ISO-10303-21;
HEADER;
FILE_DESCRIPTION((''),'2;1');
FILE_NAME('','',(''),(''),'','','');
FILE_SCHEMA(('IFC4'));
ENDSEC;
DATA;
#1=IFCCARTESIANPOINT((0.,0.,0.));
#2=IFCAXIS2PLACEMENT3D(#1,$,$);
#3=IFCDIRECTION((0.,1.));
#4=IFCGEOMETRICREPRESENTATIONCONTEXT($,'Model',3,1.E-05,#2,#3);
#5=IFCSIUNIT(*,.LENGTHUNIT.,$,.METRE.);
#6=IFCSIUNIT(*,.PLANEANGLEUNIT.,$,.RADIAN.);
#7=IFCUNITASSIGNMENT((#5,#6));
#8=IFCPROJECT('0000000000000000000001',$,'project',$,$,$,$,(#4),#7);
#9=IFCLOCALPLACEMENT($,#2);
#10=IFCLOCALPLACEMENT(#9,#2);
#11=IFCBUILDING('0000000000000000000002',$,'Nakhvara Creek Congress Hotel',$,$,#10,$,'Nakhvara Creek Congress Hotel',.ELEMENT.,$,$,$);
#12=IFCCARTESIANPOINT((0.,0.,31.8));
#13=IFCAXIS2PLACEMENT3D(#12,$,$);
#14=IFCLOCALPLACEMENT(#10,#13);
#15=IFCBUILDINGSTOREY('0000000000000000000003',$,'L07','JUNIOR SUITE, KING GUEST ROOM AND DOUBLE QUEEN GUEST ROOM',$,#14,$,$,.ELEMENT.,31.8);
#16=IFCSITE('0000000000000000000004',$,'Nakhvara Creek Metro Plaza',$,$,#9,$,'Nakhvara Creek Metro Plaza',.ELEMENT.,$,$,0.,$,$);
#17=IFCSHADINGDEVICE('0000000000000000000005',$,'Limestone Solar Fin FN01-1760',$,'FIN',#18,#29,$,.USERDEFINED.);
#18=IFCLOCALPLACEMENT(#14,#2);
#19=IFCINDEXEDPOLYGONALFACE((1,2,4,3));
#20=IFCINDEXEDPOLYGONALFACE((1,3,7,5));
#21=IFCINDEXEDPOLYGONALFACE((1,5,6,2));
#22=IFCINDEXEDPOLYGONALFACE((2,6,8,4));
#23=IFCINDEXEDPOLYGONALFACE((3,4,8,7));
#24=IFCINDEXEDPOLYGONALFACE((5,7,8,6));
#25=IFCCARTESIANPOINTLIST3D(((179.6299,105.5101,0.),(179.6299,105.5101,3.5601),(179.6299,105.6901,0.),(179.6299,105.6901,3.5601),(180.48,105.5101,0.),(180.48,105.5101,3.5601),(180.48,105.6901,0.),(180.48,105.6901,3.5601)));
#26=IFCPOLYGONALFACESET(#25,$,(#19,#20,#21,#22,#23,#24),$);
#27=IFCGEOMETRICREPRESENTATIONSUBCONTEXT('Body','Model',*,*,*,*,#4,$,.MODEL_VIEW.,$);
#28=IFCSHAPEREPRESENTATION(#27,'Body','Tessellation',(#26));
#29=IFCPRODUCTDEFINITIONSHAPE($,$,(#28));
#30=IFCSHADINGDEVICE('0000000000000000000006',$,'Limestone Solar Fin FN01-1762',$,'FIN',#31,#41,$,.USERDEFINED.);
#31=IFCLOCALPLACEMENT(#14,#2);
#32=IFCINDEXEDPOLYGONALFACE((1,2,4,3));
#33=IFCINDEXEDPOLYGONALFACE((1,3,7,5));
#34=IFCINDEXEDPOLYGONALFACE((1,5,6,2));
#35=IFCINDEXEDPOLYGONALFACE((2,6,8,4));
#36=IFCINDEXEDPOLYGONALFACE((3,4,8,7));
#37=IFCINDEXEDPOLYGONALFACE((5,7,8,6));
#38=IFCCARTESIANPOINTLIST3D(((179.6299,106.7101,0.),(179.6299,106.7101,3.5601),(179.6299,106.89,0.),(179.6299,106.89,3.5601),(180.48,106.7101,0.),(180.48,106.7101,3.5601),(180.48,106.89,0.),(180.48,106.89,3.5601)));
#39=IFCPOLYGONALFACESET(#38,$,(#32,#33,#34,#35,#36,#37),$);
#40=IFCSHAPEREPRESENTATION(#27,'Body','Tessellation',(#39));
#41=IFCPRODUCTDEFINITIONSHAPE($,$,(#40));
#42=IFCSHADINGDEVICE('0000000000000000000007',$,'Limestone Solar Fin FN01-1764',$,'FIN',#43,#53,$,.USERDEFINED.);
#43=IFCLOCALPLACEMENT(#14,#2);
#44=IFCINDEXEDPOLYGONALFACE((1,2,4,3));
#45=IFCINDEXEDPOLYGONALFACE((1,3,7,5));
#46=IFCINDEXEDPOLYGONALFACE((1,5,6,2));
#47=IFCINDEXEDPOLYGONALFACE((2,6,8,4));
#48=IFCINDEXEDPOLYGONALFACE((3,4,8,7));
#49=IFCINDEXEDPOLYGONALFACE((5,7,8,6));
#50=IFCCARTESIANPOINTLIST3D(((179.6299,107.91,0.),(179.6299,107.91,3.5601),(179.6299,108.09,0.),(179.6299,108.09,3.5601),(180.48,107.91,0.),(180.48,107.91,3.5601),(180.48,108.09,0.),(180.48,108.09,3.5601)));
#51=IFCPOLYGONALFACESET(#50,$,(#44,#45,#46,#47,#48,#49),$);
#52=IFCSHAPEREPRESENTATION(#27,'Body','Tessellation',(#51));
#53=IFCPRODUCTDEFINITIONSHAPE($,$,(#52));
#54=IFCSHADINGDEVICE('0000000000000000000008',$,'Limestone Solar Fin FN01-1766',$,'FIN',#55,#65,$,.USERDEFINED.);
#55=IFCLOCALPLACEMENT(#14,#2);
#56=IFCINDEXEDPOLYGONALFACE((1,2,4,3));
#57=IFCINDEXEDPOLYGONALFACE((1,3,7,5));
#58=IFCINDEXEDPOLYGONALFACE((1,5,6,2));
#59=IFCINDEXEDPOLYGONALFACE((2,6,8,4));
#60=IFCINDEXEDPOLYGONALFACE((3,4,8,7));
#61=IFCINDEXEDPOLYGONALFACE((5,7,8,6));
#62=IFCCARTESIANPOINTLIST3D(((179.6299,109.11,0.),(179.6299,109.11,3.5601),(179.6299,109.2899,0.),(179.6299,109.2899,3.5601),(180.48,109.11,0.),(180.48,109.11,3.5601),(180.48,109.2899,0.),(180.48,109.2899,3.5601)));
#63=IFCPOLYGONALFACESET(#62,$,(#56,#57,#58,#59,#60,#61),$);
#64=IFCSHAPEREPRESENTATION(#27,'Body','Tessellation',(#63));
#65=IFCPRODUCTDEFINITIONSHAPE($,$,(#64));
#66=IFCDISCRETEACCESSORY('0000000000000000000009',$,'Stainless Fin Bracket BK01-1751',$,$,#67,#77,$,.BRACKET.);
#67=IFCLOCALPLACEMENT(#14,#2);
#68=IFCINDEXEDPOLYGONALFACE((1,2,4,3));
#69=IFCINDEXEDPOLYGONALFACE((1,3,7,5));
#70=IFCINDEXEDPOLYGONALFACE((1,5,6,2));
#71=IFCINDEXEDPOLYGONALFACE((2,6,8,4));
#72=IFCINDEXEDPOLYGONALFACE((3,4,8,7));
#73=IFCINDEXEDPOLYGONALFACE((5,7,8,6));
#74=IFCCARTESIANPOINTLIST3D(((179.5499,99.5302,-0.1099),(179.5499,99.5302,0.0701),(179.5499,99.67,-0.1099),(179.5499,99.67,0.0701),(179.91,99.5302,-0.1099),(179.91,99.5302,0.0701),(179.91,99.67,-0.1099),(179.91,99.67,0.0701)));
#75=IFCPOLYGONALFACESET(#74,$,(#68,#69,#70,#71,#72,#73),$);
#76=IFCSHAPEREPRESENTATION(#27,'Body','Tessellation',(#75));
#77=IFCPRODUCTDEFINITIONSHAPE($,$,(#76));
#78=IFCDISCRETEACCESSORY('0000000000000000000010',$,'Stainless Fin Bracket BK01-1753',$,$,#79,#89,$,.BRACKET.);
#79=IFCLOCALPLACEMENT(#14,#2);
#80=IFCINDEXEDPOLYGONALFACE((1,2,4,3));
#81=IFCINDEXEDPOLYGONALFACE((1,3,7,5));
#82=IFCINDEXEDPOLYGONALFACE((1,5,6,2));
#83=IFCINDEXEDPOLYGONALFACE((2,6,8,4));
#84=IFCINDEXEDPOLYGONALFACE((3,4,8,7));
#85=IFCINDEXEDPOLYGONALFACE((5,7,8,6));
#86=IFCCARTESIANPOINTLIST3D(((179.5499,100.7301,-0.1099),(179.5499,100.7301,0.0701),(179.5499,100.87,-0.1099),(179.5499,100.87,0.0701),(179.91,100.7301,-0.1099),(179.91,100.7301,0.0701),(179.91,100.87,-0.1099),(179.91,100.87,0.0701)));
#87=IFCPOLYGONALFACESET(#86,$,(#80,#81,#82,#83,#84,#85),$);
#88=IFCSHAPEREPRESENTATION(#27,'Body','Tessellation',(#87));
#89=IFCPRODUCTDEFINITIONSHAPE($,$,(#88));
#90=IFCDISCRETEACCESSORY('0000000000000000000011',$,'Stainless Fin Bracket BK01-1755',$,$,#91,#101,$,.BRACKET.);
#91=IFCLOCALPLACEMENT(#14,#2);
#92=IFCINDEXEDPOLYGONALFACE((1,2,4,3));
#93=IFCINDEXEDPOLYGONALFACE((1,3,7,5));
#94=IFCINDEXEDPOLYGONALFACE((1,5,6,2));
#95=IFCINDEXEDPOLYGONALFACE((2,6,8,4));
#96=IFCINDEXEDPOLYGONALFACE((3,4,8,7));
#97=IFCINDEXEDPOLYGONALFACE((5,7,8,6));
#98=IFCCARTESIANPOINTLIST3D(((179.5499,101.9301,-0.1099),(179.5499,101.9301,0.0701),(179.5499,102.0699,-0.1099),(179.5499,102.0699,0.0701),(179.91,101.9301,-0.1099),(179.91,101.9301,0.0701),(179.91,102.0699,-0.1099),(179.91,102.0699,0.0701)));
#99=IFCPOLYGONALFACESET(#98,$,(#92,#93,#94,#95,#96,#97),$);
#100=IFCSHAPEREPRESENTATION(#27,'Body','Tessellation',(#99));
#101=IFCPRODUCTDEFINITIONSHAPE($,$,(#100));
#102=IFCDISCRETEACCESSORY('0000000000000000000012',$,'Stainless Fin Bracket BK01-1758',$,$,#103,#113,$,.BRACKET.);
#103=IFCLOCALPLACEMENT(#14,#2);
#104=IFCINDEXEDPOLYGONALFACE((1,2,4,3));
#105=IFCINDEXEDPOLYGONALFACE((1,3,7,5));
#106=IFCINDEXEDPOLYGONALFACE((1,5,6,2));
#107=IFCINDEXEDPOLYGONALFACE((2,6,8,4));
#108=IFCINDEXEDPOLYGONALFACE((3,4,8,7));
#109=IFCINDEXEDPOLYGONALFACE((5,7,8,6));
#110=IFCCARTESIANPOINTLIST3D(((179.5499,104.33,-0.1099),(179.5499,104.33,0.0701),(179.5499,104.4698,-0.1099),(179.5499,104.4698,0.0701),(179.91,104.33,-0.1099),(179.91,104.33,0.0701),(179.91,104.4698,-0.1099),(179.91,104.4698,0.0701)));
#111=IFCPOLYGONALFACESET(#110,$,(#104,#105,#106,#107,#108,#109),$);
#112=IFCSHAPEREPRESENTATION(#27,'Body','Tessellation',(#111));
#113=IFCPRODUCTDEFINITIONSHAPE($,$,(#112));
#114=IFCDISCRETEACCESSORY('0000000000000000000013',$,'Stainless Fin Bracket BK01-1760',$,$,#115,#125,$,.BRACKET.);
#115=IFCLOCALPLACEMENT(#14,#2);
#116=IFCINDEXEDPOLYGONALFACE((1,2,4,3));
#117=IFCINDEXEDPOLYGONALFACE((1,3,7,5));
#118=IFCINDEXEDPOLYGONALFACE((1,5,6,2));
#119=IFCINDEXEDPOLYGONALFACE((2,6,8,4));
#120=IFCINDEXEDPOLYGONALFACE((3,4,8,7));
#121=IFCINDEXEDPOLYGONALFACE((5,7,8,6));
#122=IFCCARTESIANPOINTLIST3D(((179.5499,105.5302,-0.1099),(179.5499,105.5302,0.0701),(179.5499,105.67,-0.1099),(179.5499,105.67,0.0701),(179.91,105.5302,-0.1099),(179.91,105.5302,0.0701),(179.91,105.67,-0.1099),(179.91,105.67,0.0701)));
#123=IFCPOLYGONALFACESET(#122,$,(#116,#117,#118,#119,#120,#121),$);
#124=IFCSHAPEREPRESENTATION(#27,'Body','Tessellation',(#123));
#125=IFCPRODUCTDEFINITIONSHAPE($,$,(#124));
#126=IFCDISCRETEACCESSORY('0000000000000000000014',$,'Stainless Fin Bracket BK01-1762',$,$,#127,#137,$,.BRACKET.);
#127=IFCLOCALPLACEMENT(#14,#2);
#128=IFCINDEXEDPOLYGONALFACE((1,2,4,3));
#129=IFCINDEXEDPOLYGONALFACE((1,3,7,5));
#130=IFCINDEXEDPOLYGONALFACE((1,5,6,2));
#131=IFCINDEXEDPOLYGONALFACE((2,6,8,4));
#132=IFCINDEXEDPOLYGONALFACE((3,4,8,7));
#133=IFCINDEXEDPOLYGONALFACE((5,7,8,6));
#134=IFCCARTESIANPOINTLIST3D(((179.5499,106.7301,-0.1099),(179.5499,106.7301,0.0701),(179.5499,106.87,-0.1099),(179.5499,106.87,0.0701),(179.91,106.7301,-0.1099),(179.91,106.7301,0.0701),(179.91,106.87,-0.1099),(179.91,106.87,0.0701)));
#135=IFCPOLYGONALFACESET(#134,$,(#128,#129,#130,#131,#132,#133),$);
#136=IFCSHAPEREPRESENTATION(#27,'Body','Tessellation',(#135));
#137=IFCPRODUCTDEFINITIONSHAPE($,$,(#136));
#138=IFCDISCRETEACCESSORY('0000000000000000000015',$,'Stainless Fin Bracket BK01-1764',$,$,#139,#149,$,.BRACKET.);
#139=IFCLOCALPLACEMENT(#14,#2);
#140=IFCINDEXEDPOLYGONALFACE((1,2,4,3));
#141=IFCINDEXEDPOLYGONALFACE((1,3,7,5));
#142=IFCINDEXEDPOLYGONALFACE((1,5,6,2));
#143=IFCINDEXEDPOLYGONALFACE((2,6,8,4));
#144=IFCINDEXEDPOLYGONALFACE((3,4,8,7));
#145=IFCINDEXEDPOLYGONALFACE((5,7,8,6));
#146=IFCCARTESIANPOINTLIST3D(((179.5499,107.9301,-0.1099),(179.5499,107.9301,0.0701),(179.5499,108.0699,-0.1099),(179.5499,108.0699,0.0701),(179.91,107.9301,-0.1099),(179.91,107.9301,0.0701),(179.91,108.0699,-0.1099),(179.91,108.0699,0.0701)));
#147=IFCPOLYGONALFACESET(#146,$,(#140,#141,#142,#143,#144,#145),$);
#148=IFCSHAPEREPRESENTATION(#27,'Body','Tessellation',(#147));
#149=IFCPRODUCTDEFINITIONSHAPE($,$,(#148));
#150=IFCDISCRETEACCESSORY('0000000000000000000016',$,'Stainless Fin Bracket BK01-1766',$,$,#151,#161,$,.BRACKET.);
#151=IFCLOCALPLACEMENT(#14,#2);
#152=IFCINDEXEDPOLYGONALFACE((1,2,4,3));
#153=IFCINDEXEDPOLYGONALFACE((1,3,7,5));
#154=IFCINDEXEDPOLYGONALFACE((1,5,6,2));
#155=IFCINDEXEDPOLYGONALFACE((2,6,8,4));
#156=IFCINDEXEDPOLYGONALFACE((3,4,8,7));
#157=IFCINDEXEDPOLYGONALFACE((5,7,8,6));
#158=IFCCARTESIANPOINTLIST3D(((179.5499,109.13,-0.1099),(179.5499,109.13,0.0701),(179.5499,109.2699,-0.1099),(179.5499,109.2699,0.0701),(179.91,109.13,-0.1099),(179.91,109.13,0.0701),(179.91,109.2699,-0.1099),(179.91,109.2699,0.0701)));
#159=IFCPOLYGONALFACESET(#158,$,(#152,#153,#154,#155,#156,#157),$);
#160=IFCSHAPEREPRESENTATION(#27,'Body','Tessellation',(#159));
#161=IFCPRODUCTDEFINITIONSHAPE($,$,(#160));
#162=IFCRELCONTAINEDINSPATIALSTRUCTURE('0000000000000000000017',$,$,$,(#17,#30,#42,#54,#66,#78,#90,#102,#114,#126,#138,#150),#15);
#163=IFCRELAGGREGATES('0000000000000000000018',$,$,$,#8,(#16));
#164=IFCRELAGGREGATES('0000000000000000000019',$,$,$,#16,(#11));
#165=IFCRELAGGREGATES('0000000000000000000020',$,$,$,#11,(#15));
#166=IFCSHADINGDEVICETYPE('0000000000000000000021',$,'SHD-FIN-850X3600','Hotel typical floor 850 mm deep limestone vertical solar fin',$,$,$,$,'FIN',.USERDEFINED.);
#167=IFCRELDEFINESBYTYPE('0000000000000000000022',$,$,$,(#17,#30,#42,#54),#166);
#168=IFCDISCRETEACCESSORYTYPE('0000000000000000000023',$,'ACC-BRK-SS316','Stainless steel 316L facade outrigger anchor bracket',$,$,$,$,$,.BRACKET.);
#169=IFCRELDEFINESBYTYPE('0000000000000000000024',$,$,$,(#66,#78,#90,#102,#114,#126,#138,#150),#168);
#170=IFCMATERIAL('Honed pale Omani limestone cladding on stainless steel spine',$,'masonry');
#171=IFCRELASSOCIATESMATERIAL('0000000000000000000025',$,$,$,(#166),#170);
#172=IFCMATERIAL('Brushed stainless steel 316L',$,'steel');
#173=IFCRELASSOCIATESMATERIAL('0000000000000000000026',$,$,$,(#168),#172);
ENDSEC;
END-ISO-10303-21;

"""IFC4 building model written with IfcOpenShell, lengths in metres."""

from ifc_helpers import new_model, si_unit, direction, frame, origin, origin_2d, place, context, subcontext, project, spatial, rectangle, extrude, material, type_object, element, save


model = new_model("IFC4")

# Units and contexts
model_context = context("Model", 3, precision=1e-05, world=origin(), true_north=direction((0.0, 1.0)))
body_context = subcontext(model_context, "Body", "Model", "MODEL_VIEW")
ifc_project = project(units=[si_unit("LENGTHUNIT", "METRE"), si_unit("PLANEANGLEUNIT", "RADIAN")], contexts=[model_context])

# Site, building, storey
site_placement = place(None, origin())
site = spatial("IfcSite", under=ifc_project, at=site_placement, Name="Nakhvara Creek Metro Plaza", LongName="Nakhvara Creek Metro Plaza", CompositionType="ELEMENT", RefElevation=0.0)
building_placement = place(site_placement, origin())
building = spatial("IfcBuilding", under=site, at=building_placement, Name="Nakhvara Creek Congress Hotel", LongName="Nakhvara Creek Congress Hotel", CompositionType="ELEMENT")
storey_placement = place(building_placement, frame((0.0, 0.0, 31.8)))
storey = spatial("IfcBuildingStorey", under=building, at=storey_placement, Name="L07", Description="JUNIOR SUITE, KING GUEST ROOM AND DOUBLE QUEEN GUEST ROOM", CompositionType="ELEMENT", Elevation=31.8)

# Shading devices
ifc_material_1 = material(Name="Honed pale Omani limestone cladding on stainless steel spine", Category="masonry")
shading_device_type = type_object("IfcShadingDeviceType", Name="SHD-FIN-850X3600", Description="Hotel typical floor 850 mm deep limestone vertical solar fin", ElementType="FIN", PredefinedType="USERDEFINED", material=ifc_material_1)
for number, where, z_axis, x_axis, name in (
    (1, (180.0549, 105.6001, 0.0), (0.0, 0.0, 1.0), (0.0, 1.0, 0.0), "Limestone Solar Fin FN01-1760"),
    (2, (180.0549, 106.8, 0.0), (0.0, 0.0, 1.0), (0.0, 1.0, 0.0), "Limestone Solar Fin FN01-1762"),
    (3, (180.0549, 108.0, 0.0), (0.0, 0.0, 1.0), (0.0, 1.0, 0.0), "Limestone Solar Fin FN01-1764"),
    (4, (180.0549, 109.2, 0.0), (0.0, 0.0, 1.0), (0.0, 1.0, 0.0), "Limestone Solar Fin FN01-1766"),
):
    element("IfcShadingDevice", number, at=place(storey_placement, frame(where, z_axis=z_axis, x_axis=x_axis)), inside=storey, type_object=shading_device_type, Name=name, ObjectType="FIN", PredefinedType="USERDEFINED", context=body_context, shape_type="SweptSolid", body=[
        extrude(rectangle(XDim=0.1799, YDim=0.8501, at=origin_2d()), origin(), (0.0, 0.0, 1.0), 3.5601),
    ])

# Discrete accessories
ifc_material_2 = material(Name="Brushed stainless steel 316L", Category="steel")
discrete_accessory_type = type_object("IfcDiscreteAccessoryType", Name="ACC-BRK-SS316", Description="Stainless steel 316L facade outrigger anchor bracket", PredefinedType="BRACKET", material=ifc_material_2)
for number, where, z_axis, x_axis, name in (
    (5, (179.73, 99.6001, -0.1099), (0.0, 0.0, 1.0), (0.0, 1.0, 0.0), "Stainless Fin Bracket BK01-1751"),
    (6, (179.73, 100.8, -0.1099), (0.0, 0.0, 1.0), (0.0, 1.0, 0.0), "Stainless Fin Bracket BK01-1753"),
    (7, (179.73, 102.0, -0.1099), (0.0, 0.0, 1.0), (0.0, 1.0, 0.0), "Stainless Fin Bracket BK01-1755"),
    (8, (179.73, 104.3999, -0.1099), (0.0, 0.0, 1.0), (0.0, 1.0, 0.0), "Stainless Fin Bracket BK01-1758"),
    (9, (179.73, 105.6001, -0.1099), (0.0, 0.0, 1.0), (0.0, 1.0, 0.0), "Stainless Fin Bracket BK01-1760"),
    (10, (179.73, 106.8, -0.1099), (0.0, 0.0, 1.0), (0.0, 1.0, 0.0), "Stainless Fin Bracket BK01-1762"),
    (11, (179.73, 108.0, -0.1099), (0.0, 0.0, 1.0), (0.0, 1.0, 0.0), "Stainless Fin Bracket BK01-1764"),
    (12, (179.73, 109.2, -0.1099), (0.0, 0.0, 1.0), (0.0, 1.0, 0.0), "Stainless Fin Bracket BK01-1766"),
):
    element("IfcDiscreteAccessory", number, at=place(storey_placement, frame(where, z_axis=z_axis, x_axis=x_axis)), inside=storey, type_object=discrete_accessory_type, Name=name, PredefinedType="BRACKET", context=body_context, shape_type="SweptSolid", body=[
        extrude(rectangle(XDim=0.1399, YDim=0.3601, at=origin_2d()), origin(), (0.0, 0.0, 1.0), 0.1799),
    ])

save(model, "model.ifc")
